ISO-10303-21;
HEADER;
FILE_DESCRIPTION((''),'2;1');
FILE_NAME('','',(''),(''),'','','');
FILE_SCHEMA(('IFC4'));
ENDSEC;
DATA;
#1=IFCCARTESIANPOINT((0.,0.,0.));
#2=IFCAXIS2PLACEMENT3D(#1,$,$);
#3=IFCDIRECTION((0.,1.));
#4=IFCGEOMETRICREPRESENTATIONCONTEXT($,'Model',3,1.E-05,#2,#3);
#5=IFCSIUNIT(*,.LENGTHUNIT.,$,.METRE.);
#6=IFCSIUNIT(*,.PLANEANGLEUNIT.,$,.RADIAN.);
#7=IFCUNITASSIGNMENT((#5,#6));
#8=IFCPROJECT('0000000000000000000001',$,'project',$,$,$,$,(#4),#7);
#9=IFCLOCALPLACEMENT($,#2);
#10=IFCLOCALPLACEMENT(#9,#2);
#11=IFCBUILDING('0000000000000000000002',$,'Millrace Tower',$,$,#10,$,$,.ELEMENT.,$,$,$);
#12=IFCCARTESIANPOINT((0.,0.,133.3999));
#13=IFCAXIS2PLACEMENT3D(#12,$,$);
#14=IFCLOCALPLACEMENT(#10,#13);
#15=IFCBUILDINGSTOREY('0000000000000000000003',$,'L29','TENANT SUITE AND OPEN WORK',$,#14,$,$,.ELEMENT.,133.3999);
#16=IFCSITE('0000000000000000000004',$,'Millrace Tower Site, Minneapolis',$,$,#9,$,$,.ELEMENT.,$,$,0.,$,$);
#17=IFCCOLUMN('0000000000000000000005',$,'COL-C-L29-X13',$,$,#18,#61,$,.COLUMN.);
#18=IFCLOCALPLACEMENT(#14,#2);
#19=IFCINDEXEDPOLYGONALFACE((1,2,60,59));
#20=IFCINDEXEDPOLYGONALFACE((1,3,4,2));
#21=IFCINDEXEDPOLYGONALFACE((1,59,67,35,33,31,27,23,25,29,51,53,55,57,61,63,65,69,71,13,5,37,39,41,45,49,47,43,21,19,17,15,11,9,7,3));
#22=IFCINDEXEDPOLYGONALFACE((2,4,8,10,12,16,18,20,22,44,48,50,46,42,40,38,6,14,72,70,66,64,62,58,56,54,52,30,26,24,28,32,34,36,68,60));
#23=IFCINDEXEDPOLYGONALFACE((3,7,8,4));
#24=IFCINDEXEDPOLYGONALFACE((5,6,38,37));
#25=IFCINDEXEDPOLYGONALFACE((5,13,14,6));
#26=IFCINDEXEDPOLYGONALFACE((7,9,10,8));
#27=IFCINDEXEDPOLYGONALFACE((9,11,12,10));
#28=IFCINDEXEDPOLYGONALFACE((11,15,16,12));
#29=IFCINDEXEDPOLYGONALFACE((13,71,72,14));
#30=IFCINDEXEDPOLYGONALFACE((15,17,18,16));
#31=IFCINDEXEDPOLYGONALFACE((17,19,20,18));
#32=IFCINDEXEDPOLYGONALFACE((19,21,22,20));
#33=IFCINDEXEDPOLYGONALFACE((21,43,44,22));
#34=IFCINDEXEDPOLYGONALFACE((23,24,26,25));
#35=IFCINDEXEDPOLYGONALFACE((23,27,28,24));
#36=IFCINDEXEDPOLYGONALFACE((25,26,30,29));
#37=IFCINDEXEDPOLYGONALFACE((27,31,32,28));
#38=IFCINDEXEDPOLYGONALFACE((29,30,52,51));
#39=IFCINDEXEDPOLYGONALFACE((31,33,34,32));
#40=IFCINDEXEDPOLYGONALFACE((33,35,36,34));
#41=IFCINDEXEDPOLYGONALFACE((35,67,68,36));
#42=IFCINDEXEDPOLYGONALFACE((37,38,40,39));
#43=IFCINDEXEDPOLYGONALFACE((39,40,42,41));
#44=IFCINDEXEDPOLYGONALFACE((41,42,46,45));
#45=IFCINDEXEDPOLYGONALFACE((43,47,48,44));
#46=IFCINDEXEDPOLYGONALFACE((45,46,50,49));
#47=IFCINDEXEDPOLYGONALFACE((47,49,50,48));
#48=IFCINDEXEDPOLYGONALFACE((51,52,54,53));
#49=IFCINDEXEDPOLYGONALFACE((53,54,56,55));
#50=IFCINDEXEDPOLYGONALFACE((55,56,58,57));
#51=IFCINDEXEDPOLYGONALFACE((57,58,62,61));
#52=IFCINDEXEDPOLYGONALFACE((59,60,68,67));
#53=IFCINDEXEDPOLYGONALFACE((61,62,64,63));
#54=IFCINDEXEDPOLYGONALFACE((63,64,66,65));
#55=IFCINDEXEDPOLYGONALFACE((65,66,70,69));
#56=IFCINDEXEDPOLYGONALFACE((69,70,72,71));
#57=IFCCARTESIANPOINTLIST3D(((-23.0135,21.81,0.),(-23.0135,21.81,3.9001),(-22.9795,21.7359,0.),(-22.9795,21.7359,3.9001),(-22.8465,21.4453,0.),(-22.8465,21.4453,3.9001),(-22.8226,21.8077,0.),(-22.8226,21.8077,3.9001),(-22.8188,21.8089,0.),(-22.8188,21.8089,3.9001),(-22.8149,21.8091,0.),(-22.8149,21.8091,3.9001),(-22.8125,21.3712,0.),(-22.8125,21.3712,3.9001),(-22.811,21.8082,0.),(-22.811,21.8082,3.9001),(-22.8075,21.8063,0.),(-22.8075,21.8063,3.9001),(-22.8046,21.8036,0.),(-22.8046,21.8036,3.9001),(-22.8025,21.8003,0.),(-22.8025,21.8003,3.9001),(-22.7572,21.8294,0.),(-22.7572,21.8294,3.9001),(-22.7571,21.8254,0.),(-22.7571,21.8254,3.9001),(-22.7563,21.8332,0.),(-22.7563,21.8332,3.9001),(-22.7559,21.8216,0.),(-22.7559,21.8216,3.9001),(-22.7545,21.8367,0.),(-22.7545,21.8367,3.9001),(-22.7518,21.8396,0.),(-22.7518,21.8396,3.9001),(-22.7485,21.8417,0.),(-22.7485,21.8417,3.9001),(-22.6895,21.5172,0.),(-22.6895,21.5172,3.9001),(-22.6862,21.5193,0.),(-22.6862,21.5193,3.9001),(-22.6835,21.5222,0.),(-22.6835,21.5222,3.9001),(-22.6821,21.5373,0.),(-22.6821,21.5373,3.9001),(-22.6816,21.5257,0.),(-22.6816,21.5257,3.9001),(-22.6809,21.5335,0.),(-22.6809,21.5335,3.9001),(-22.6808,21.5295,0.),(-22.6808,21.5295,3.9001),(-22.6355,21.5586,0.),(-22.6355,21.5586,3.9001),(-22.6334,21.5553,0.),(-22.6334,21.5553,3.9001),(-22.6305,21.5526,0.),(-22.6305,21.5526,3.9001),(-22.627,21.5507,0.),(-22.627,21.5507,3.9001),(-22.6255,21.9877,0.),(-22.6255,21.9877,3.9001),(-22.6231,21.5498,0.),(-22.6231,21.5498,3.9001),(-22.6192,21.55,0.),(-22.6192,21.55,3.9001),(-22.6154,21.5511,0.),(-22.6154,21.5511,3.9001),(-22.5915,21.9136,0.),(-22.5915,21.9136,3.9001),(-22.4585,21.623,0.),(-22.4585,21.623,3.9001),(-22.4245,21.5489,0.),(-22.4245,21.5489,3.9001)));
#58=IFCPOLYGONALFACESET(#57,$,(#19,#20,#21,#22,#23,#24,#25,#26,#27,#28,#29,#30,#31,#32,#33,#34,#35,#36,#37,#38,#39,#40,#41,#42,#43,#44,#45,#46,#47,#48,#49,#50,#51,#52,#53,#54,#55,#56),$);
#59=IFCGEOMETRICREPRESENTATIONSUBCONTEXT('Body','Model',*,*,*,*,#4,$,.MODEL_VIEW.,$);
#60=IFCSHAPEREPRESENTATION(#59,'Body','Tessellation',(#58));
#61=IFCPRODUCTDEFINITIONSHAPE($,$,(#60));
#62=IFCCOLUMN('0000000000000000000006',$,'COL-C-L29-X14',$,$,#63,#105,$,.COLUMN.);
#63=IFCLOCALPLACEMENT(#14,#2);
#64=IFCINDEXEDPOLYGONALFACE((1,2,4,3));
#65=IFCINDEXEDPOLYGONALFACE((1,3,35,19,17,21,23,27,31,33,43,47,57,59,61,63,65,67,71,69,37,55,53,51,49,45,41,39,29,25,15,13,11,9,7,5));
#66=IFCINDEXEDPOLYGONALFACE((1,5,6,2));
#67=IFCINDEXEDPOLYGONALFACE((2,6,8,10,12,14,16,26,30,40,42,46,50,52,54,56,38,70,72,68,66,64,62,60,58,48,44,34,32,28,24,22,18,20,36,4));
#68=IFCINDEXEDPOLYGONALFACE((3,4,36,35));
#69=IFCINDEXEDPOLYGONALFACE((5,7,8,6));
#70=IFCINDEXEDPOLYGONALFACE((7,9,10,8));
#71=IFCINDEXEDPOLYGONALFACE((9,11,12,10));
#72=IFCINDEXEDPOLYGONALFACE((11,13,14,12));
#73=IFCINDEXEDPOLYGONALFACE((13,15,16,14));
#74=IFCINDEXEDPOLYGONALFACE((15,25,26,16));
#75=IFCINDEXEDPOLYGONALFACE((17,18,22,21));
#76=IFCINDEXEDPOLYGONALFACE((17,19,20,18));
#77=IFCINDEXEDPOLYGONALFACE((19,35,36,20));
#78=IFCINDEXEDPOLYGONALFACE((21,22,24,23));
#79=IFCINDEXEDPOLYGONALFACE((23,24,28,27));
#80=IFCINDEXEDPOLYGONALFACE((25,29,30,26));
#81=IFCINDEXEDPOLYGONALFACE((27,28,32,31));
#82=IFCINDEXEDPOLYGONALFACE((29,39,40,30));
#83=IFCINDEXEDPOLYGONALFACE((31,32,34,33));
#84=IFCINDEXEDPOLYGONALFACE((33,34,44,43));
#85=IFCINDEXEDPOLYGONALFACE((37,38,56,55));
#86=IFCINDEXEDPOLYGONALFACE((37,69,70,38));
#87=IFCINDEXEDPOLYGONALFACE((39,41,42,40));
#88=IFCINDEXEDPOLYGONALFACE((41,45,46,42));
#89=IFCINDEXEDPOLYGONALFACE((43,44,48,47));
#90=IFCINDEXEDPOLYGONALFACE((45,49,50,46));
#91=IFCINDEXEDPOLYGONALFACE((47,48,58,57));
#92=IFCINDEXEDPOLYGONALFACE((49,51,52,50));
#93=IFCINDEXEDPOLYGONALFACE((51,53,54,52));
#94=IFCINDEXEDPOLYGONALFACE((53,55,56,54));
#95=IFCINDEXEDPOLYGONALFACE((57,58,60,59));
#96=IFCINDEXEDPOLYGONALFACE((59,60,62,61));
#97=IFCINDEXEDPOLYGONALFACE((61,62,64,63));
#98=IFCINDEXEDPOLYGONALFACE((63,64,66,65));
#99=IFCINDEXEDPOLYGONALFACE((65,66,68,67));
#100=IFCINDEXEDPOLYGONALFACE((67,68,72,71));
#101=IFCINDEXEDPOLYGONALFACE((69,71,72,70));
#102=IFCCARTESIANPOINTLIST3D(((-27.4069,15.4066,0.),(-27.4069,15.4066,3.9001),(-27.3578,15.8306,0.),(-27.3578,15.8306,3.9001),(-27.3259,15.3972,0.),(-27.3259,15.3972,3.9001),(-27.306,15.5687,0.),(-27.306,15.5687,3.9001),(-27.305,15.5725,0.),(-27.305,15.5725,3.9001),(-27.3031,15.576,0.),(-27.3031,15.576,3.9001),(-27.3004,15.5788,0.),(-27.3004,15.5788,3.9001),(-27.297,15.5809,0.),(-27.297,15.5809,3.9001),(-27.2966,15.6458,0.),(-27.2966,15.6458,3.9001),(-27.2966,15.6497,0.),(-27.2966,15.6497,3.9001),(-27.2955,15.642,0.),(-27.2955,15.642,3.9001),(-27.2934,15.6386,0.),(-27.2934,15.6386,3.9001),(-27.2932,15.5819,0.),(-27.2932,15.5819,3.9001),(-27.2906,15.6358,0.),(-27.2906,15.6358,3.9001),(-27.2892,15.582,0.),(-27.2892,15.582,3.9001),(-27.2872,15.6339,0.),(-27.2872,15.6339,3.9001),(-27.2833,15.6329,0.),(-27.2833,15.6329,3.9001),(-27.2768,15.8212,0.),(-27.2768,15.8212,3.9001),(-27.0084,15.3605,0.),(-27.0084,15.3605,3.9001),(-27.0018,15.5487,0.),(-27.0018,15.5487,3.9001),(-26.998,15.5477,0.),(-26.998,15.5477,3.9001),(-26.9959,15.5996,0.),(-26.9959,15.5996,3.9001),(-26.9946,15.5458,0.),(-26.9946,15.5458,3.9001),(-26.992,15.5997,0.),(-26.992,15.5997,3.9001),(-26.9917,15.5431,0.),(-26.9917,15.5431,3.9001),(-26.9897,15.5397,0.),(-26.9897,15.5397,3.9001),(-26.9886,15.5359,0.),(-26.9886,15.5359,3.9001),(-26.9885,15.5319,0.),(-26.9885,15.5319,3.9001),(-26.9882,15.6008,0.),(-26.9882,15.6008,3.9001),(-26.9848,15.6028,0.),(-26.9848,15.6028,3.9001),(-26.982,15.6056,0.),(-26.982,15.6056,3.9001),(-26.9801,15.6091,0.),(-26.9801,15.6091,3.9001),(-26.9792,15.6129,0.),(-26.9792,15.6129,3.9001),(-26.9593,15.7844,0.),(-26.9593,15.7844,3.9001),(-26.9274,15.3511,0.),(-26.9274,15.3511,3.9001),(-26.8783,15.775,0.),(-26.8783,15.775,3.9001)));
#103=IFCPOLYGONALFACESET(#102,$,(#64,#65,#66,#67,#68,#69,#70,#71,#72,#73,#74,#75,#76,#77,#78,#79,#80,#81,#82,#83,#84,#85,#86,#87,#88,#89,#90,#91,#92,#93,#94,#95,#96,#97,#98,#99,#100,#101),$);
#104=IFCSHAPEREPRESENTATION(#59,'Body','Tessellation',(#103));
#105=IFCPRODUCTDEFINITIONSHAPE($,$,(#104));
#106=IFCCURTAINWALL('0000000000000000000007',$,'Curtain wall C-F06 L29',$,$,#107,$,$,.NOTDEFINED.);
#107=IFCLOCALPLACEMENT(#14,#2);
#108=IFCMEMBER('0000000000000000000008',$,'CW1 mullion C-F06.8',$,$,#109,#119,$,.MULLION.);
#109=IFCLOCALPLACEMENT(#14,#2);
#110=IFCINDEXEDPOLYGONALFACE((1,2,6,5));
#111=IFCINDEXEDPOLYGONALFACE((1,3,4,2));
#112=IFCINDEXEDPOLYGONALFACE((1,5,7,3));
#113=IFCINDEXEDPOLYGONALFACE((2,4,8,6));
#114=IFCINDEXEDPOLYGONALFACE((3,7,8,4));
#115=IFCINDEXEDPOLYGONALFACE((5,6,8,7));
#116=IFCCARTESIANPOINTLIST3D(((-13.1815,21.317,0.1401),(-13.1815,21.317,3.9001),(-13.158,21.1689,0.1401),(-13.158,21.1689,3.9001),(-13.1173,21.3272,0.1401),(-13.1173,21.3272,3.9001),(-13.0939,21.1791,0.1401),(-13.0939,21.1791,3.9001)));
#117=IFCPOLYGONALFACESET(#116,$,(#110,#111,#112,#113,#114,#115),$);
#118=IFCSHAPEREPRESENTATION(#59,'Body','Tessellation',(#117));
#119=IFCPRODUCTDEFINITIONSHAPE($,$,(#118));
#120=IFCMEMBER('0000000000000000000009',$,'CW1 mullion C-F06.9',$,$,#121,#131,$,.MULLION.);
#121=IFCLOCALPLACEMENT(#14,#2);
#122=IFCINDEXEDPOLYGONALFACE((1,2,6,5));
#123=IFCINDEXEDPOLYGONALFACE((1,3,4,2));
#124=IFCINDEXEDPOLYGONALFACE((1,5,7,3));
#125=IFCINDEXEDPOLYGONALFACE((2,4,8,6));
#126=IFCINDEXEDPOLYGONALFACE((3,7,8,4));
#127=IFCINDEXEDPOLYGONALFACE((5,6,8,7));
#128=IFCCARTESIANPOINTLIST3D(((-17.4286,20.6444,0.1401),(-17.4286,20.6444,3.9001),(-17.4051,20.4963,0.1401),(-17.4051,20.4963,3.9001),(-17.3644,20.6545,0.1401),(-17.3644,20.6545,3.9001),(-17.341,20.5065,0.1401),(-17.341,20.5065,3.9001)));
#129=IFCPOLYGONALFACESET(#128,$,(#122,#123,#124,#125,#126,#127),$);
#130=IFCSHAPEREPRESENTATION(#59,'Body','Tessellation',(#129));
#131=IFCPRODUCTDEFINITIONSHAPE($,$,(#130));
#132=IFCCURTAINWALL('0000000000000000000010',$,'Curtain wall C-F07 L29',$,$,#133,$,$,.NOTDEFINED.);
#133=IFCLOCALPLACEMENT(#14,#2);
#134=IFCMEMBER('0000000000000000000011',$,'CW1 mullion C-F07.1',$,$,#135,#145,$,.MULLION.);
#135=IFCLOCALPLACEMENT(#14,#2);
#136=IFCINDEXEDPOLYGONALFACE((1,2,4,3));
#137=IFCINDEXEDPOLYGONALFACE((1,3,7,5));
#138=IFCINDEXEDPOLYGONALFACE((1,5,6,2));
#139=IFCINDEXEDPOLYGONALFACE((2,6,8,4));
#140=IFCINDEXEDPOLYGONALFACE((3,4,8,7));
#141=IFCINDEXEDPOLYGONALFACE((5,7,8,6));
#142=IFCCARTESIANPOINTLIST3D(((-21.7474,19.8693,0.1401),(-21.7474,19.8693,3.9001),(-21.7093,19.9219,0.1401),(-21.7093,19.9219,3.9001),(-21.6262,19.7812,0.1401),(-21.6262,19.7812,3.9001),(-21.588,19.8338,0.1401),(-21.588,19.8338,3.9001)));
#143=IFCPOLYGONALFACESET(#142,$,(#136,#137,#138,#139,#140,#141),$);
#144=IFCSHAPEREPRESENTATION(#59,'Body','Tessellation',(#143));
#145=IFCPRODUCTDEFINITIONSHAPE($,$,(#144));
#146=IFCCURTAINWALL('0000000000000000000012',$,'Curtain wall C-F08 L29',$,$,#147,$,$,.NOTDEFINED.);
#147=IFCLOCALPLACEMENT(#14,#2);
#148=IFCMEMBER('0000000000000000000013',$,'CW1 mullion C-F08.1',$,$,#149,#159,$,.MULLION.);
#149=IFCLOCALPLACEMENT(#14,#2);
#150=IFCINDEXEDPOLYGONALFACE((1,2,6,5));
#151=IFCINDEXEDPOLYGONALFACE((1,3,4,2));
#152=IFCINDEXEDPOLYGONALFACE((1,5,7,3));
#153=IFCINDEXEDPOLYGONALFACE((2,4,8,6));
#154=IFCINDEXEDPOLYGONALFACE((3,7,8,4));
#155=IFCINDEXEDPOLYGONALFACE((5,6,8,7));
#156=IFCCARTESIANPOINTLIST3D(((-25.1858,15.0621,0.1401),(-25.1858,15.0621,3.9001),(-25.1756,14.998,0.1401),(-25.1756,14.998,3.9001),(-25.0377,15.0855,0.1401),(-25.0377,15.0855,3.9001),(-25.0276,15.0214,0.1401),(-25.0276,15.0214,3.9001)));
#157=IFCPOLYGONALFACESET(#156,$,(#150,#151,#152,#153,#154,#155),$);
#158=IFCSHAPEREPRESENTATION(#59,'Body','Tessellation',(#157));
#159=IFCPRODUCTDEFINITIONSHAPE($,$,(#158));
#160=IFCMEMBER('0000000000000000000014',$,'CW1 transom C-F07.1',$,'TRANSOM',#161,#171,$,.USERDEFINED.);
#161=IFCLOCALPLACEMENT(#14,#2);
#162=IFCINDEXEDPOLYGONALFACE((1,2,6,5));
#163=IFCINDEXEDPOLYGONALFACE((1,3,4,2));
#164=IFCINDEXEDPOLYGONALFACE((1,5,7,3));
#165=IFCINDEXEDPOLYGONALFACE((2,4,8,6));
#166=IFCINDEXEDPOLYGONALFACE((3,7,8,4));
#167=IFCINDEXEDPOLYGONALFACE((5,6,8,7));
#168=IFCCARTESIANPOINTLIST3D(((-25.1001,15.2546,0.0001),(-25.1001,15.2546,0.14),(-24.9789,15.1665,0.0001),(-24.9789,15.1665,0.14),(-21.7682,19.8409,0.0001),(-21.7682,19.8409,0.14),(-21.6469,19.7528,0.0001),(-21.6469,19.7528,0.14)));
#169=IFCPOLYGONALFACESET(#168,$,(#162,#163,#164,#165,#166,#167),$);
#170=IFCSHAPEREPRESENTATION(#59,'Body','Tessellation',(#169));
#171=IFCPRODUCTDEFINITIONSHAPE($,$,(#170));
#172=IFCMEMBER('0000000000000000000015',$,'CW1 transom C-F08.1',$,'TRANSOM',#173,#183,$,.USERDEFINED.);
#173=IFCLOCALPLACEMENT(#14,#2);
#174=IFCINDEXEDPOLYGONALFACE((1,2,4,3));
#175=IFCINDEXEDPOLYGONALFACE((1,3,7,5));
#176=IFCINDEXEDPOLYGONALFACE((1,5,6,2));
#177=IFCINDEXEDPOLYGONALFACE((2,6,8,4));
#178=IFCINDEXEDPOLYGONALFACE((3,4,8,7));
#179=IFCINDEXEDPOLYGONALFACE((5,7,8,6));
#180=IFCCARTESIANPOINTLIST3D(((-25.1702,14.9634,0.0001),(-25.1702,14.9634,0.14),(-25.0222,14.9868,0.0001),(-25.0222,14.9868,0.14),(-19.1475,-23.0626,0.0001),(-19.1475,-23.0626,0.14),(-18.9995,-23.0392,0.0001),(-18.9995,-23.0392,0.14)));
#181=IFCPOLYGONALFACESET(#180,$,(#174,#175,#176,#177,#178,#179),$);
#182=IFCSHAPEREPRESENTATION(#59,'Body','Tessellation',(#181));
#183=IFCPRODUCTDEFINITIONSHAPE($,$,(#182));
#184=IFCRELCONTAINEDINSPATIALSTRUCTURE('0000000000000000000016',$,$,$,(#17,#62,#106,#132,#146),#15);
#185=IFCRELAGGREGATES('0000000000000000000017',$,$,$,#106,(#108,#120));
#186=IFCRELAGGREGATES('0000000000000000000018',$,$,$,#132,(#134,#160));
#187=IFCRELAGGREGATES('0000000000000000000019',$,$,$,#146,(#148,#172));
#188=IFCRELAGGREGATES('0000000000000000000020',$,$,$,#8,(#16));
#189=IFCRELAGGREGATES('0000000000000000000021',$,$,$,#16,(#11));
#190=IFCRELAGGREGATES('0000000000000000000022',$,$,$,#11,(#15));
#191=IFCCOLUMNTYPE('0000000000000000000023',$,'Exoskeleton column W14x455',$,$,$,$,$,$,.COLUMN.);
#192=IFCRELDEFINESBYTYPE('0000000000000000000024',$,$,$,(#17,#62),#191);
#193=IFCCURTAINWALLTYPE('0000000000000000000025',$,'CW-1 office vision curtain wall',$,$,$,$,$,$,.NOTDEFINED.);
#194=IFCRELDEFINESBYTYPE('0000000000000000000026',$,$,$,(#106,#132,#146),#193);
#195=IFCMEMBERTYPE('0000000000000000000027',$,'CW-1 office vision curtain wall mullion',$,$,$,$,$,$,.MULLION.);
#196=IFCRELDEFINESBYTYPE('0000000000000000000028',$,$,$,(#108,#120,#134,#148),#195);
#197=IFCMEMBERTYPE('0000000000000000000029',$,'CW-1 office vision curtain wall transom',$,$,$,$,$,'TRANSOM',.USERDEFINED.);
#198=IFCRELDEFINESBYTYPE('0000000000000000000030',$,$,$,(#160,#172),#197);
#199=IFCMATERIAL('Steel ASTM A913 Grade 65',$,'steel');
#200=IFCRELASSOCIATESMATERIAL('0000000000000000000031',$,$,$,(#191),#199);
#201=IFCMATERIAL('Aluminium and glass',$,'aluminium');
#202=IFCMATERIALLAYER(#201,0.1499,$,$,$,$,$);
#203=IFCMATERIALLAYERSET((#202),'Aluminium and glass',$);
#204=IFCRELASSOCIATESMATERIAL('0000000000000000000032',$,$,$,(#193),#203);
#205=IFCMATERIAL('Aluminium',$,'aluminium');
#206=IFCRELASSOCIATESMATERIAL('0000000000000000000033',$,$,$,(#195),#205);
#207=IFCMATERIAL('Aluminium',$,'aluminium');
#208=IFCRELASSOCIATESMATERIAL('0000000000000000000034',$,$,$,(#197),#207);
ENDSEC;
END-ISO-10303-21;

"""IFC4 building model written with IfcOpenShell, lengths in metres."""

from ifc_helpers import new_model, si_unit, direction, frame, origin, origin_2d, place, context, subcontext, project, spatial, rectangle, i_section, extrude, material, layer, layer_set, material_profile, profile_set, type_object, element, aggregate, save


model = new_model("IFC4")

# Units and contexts
model_context = context("Model", 3, precision=1e-05, world=origin(), true_north=direction((0.0, 1.0)))
body_context = subcontext(model_context, "Body", "Model", "MODEL_VIEW")
ifc_project = project(units=[si_unit("LENGTHUNIT", "METRE"), si_unit("PLANEANGLEUNIT", "RADIAN")], contexts=[model_context])

# Site, building, storey
site_placement = place(None, origin())
site = spatial("IfcSite", under=ifc_project, at=site_placement, Name="Millrace Tower Site, Minneapolis", CompositionType="ELEMENT", RefElevation=0.0)
building_placement = place(site_placement, origin())
building = spatial("IfcBuilding", under=site, at=building_placement, Name="Millrace Tower", CompositionType="ELEMENT")
storey_placement = place(building_placement, frame((0.0, 0.0, 133.3999)))
storey = spatial("IfcBuildingStorey", under=building, at=storey_placement, Name="L29", Description="TENANT SUITE AND OPEN WORK", CompositionType="ELEMENT", Elevation=133.3999)

# Columns
ifc_material_1 = material(Name="Steel ASTM A913 Grade 65", Category="steel")
ifc_material_profile_1 = material_profile(ifc_material_1, i_section(OverallWidth=0.4268, OverallDepth=0.4827, WebThickness=0.0513, FlangeThickness=0.0815, FilletRadius=0.0151, at=origin_2d()))
ifc_profile_set_1 = profile_set([ifc_material_profile_1], Name="Steel ASTM A913 Grade 65")
column_type = type_object("IfcColumnType", Name="Exoskeleton column W14x455", PredefinedType="COLUMN", material=ifc_profile_set_1)
for number, where, z_axis, x_axis, name in (
    (1, (-22.719, 21.6794, 0.0), (0.0, 0.0, 1.0), (-0.909181, -0.416401, 0.0), "COL-C-L29-X13"),
    (2, (-27.1426, 15.5908, 0.0), (0.0, 0.0, 1.0), (-0.115069, -0.993358, 0.0), "COL-C-L29-X14"),
):
    element("IfcColumn", number, at=place(storey_placement, frame(where, z_axis=z_axis, x_axis=x_axis)), inside=storey, type_object=column_type, Name=name, PredefinedType="COLUMN", context=body_context, shape_type="SweptSolid", body=[
        extrude(i_section(OverallWidth=0.4268, OverallDepth=0.4827, WebThickness=0.0513, FlangeThickness=0.0815, FilletRadius=0.0151, at=origin_2d()), origin(), (0.0, 0.0, 1.0), 3.9001),
    ])

# Curtain wall, members
ifc_material_2 = material(Name="Aluminium and glass", Category="aluminium")
ifc_layer_1 = layer(ifc_material_2, 0.1499)
ifc_layer_set_1 = layer_set([ifc_layer_1], Name="Aluminium and glass")
curtain_wall_type = type_object("IfcCurtainWallType", Name="CW-1 office vision curtain wall", PredefinedType="NOTDEFINED", material=ifc_layer_set_1)
placement = place(storey_placement, origin())
curtain_wall_1 = element("IfcCurtainWall", 3, at=placement, inside=storey, type_object=curtain_wall_type, Name="Curtain wall C-F06 L29", PredefinedType="NOTDEFINED")
ifc_material_3 = material(Name="Aluminium", Category="aluminium")
ifc_material_profile_2 = material_profile(ifc_material_3, rectangle(XDim=0.0649, YDim=0.1499, at=origin_2d()))
ifc_profile_set_2 = profile_set([ifc_material_profile_2], Name="Aluminium")
member_type_1 = type_object("IfcMemberType", Name="CW-1 office vision curtain wall mullion", PredefinedType="MULLION", material=ifc_profile_set_2)
member_1_placement = place(storey_placement, frame((-13.1377, 21.248, 0.1401), z_axis=(0.0, 0.0, 1.0), x_axis=(-0.987688, -0.156434, 0.0)))
member_1 = element("IfcMember", 4, at=member_1_placement, type_object=member_type_1, Name="CW1 mullion C-F06.8", PredefinedType="MULLION", context=body_context, shape_type="SweptSolid", body=[
    extrude(rectangle(XDim=0.0649, YDim=0.1499, at=origin_2d()), origin(), (0.0, 0.0, 1.0), 3.76),
])
member_2_placement = place(storey_placement, frame((-17.3848, 20.5754, 0.1401), z_axis=(0.0, 0.0, 1.0), x_axis=(-0.987688, -0.156434, 0.0)))
member_2 = element("IfcMember", 5, at=member_2_placement, type_object=member_type_1, Name="CW1 mullion C-F06.9", PredefinedType="MULLION", context=body_context, shape_type="SweptSolid", body=[
    extrude(rectangle(XDim=0.0649, YDim=0.1499, at=origin_2d()), origin(), (0.0, 0.0, 1.0), 3.76),
])
aggregate(curtain_wall_1, [member_1, member_2])

# Curtain walls, members
curtain_wall_2 = element("IfcCurtainWall", 6, at=placement, inside=storey, type_object=curtain_wall_type, Name="Curtain wall C-F07 L29", PredefinedType="NOTDEFINED")
member_3_placement = place(storey_placement, frame((-21.6677, 19.8516, 0.1401), z_axis=(0.0, 0.0, 1.0), x_axis=(-0.587785, -0.809017, 0.0)))
member_3 = element("IfcMember", 7, at=member_3_placement, type_object=member_type_1, Name="CW1 mullion C-F07.1", PredefinedType="MULLION", context=body_context, shape_type="SweptSolid", body=[
    extrude(rectangle(XDim=0.0649, YDim=0.1499, at=origin_2d()), origin(), (0.0, 0.0, 1.0), 3.76),
])
curtain_wall_3 = element("IfcCurtainWall", 8, at=placement, inside=storey, type_object=curtain_wall_type, Name="Curtain wall C-F08 L29", PredefinedType="NOTDEFINED")
member_4_placement = place(storey_placement, frame((-25.1067, 15.0417, 0.1401), z_axis=(0.0, 0.0, 1.0), x_axis=(0.156434, -0.987688, 0.0)))
member_4 = element("IfcMember", 9, at=member_4_placement, type_object=member_type_1, Name="CW1 mullion C-F08.1", PredefinedType="MULLION", context=body_context, shape_type="SweptSolid", body=[
    extrude(rectangle(XDim=0.0649, YDim=0.1499, at=origin_2d()), origin(), (0.0, 0.0, 1.0), 3.76),
])

# Members
ifc_material_4 = material(Name="Aluminium", Category="aluminium")
ifc_material_profile_3 = material_profile(ifc_material_4, rectangle(XDim=0.1499, YDim=0.1399, at=origin_2d()))
ifc_profile_set_3 = profile_set([ifc_material_profile_3], Name="Aluminium")
member_type_2 = type_object("IfcMemberType", Name="CW-1 office vision curtain wall transom", ElementType="TRANSOM", PredefinedType="USERDEFINED", material=ifc_profile_set_3)
member_5_placement = place(storey_placement, frame((-21.7075, 19.7969, 0.0701), z_axis=(-0.587762, -0.809034, 0.0), x_axis=(0.809034, -0.587762, 0.0)))
member_5 = element("IfcMember", 10, at=member_5_placement, type_object=member_type_2, Name="CW1 transom C-F07.1", ObjectType="TRANSOM", PredefinedType="USERDEFINED", context=body_context, shape_type="SweptSolid", body=[
    extrude(rectangle(XDim=0.1499, YDim=0.1399, at=origin_2d()), origin(), (0.0, 0.0, 1.0), 5.6689),
])
aggregate(curtain_wall_2, [member_3, member_5])
member_6_placement = place(storey_placement, frame((-25.0962, 14.9751, 0.0701), z_axis=(0.156433, -0.987689, 0.0), x_axis=(0.987689, 0.156433, 0.0)))
member_6 = element("IfcMember", 11, at=member_6_placement, type_object=member_type_2, Name="CW1 transom C-F08.1", ObjectType="TRANSOM", PredefinedType="USERDEFINED", context=body_context, shape_type="SweptSolid", body=[
    extrude(rectangle(XDim=0.1499, YDim=0.1399, at=origin_2d()), origin(), (0.0, 0.0, 1.0), 38.5),
])
aggregate(curtain_wall_3, [member_4, member_6])

save(model, "model.ifc")
